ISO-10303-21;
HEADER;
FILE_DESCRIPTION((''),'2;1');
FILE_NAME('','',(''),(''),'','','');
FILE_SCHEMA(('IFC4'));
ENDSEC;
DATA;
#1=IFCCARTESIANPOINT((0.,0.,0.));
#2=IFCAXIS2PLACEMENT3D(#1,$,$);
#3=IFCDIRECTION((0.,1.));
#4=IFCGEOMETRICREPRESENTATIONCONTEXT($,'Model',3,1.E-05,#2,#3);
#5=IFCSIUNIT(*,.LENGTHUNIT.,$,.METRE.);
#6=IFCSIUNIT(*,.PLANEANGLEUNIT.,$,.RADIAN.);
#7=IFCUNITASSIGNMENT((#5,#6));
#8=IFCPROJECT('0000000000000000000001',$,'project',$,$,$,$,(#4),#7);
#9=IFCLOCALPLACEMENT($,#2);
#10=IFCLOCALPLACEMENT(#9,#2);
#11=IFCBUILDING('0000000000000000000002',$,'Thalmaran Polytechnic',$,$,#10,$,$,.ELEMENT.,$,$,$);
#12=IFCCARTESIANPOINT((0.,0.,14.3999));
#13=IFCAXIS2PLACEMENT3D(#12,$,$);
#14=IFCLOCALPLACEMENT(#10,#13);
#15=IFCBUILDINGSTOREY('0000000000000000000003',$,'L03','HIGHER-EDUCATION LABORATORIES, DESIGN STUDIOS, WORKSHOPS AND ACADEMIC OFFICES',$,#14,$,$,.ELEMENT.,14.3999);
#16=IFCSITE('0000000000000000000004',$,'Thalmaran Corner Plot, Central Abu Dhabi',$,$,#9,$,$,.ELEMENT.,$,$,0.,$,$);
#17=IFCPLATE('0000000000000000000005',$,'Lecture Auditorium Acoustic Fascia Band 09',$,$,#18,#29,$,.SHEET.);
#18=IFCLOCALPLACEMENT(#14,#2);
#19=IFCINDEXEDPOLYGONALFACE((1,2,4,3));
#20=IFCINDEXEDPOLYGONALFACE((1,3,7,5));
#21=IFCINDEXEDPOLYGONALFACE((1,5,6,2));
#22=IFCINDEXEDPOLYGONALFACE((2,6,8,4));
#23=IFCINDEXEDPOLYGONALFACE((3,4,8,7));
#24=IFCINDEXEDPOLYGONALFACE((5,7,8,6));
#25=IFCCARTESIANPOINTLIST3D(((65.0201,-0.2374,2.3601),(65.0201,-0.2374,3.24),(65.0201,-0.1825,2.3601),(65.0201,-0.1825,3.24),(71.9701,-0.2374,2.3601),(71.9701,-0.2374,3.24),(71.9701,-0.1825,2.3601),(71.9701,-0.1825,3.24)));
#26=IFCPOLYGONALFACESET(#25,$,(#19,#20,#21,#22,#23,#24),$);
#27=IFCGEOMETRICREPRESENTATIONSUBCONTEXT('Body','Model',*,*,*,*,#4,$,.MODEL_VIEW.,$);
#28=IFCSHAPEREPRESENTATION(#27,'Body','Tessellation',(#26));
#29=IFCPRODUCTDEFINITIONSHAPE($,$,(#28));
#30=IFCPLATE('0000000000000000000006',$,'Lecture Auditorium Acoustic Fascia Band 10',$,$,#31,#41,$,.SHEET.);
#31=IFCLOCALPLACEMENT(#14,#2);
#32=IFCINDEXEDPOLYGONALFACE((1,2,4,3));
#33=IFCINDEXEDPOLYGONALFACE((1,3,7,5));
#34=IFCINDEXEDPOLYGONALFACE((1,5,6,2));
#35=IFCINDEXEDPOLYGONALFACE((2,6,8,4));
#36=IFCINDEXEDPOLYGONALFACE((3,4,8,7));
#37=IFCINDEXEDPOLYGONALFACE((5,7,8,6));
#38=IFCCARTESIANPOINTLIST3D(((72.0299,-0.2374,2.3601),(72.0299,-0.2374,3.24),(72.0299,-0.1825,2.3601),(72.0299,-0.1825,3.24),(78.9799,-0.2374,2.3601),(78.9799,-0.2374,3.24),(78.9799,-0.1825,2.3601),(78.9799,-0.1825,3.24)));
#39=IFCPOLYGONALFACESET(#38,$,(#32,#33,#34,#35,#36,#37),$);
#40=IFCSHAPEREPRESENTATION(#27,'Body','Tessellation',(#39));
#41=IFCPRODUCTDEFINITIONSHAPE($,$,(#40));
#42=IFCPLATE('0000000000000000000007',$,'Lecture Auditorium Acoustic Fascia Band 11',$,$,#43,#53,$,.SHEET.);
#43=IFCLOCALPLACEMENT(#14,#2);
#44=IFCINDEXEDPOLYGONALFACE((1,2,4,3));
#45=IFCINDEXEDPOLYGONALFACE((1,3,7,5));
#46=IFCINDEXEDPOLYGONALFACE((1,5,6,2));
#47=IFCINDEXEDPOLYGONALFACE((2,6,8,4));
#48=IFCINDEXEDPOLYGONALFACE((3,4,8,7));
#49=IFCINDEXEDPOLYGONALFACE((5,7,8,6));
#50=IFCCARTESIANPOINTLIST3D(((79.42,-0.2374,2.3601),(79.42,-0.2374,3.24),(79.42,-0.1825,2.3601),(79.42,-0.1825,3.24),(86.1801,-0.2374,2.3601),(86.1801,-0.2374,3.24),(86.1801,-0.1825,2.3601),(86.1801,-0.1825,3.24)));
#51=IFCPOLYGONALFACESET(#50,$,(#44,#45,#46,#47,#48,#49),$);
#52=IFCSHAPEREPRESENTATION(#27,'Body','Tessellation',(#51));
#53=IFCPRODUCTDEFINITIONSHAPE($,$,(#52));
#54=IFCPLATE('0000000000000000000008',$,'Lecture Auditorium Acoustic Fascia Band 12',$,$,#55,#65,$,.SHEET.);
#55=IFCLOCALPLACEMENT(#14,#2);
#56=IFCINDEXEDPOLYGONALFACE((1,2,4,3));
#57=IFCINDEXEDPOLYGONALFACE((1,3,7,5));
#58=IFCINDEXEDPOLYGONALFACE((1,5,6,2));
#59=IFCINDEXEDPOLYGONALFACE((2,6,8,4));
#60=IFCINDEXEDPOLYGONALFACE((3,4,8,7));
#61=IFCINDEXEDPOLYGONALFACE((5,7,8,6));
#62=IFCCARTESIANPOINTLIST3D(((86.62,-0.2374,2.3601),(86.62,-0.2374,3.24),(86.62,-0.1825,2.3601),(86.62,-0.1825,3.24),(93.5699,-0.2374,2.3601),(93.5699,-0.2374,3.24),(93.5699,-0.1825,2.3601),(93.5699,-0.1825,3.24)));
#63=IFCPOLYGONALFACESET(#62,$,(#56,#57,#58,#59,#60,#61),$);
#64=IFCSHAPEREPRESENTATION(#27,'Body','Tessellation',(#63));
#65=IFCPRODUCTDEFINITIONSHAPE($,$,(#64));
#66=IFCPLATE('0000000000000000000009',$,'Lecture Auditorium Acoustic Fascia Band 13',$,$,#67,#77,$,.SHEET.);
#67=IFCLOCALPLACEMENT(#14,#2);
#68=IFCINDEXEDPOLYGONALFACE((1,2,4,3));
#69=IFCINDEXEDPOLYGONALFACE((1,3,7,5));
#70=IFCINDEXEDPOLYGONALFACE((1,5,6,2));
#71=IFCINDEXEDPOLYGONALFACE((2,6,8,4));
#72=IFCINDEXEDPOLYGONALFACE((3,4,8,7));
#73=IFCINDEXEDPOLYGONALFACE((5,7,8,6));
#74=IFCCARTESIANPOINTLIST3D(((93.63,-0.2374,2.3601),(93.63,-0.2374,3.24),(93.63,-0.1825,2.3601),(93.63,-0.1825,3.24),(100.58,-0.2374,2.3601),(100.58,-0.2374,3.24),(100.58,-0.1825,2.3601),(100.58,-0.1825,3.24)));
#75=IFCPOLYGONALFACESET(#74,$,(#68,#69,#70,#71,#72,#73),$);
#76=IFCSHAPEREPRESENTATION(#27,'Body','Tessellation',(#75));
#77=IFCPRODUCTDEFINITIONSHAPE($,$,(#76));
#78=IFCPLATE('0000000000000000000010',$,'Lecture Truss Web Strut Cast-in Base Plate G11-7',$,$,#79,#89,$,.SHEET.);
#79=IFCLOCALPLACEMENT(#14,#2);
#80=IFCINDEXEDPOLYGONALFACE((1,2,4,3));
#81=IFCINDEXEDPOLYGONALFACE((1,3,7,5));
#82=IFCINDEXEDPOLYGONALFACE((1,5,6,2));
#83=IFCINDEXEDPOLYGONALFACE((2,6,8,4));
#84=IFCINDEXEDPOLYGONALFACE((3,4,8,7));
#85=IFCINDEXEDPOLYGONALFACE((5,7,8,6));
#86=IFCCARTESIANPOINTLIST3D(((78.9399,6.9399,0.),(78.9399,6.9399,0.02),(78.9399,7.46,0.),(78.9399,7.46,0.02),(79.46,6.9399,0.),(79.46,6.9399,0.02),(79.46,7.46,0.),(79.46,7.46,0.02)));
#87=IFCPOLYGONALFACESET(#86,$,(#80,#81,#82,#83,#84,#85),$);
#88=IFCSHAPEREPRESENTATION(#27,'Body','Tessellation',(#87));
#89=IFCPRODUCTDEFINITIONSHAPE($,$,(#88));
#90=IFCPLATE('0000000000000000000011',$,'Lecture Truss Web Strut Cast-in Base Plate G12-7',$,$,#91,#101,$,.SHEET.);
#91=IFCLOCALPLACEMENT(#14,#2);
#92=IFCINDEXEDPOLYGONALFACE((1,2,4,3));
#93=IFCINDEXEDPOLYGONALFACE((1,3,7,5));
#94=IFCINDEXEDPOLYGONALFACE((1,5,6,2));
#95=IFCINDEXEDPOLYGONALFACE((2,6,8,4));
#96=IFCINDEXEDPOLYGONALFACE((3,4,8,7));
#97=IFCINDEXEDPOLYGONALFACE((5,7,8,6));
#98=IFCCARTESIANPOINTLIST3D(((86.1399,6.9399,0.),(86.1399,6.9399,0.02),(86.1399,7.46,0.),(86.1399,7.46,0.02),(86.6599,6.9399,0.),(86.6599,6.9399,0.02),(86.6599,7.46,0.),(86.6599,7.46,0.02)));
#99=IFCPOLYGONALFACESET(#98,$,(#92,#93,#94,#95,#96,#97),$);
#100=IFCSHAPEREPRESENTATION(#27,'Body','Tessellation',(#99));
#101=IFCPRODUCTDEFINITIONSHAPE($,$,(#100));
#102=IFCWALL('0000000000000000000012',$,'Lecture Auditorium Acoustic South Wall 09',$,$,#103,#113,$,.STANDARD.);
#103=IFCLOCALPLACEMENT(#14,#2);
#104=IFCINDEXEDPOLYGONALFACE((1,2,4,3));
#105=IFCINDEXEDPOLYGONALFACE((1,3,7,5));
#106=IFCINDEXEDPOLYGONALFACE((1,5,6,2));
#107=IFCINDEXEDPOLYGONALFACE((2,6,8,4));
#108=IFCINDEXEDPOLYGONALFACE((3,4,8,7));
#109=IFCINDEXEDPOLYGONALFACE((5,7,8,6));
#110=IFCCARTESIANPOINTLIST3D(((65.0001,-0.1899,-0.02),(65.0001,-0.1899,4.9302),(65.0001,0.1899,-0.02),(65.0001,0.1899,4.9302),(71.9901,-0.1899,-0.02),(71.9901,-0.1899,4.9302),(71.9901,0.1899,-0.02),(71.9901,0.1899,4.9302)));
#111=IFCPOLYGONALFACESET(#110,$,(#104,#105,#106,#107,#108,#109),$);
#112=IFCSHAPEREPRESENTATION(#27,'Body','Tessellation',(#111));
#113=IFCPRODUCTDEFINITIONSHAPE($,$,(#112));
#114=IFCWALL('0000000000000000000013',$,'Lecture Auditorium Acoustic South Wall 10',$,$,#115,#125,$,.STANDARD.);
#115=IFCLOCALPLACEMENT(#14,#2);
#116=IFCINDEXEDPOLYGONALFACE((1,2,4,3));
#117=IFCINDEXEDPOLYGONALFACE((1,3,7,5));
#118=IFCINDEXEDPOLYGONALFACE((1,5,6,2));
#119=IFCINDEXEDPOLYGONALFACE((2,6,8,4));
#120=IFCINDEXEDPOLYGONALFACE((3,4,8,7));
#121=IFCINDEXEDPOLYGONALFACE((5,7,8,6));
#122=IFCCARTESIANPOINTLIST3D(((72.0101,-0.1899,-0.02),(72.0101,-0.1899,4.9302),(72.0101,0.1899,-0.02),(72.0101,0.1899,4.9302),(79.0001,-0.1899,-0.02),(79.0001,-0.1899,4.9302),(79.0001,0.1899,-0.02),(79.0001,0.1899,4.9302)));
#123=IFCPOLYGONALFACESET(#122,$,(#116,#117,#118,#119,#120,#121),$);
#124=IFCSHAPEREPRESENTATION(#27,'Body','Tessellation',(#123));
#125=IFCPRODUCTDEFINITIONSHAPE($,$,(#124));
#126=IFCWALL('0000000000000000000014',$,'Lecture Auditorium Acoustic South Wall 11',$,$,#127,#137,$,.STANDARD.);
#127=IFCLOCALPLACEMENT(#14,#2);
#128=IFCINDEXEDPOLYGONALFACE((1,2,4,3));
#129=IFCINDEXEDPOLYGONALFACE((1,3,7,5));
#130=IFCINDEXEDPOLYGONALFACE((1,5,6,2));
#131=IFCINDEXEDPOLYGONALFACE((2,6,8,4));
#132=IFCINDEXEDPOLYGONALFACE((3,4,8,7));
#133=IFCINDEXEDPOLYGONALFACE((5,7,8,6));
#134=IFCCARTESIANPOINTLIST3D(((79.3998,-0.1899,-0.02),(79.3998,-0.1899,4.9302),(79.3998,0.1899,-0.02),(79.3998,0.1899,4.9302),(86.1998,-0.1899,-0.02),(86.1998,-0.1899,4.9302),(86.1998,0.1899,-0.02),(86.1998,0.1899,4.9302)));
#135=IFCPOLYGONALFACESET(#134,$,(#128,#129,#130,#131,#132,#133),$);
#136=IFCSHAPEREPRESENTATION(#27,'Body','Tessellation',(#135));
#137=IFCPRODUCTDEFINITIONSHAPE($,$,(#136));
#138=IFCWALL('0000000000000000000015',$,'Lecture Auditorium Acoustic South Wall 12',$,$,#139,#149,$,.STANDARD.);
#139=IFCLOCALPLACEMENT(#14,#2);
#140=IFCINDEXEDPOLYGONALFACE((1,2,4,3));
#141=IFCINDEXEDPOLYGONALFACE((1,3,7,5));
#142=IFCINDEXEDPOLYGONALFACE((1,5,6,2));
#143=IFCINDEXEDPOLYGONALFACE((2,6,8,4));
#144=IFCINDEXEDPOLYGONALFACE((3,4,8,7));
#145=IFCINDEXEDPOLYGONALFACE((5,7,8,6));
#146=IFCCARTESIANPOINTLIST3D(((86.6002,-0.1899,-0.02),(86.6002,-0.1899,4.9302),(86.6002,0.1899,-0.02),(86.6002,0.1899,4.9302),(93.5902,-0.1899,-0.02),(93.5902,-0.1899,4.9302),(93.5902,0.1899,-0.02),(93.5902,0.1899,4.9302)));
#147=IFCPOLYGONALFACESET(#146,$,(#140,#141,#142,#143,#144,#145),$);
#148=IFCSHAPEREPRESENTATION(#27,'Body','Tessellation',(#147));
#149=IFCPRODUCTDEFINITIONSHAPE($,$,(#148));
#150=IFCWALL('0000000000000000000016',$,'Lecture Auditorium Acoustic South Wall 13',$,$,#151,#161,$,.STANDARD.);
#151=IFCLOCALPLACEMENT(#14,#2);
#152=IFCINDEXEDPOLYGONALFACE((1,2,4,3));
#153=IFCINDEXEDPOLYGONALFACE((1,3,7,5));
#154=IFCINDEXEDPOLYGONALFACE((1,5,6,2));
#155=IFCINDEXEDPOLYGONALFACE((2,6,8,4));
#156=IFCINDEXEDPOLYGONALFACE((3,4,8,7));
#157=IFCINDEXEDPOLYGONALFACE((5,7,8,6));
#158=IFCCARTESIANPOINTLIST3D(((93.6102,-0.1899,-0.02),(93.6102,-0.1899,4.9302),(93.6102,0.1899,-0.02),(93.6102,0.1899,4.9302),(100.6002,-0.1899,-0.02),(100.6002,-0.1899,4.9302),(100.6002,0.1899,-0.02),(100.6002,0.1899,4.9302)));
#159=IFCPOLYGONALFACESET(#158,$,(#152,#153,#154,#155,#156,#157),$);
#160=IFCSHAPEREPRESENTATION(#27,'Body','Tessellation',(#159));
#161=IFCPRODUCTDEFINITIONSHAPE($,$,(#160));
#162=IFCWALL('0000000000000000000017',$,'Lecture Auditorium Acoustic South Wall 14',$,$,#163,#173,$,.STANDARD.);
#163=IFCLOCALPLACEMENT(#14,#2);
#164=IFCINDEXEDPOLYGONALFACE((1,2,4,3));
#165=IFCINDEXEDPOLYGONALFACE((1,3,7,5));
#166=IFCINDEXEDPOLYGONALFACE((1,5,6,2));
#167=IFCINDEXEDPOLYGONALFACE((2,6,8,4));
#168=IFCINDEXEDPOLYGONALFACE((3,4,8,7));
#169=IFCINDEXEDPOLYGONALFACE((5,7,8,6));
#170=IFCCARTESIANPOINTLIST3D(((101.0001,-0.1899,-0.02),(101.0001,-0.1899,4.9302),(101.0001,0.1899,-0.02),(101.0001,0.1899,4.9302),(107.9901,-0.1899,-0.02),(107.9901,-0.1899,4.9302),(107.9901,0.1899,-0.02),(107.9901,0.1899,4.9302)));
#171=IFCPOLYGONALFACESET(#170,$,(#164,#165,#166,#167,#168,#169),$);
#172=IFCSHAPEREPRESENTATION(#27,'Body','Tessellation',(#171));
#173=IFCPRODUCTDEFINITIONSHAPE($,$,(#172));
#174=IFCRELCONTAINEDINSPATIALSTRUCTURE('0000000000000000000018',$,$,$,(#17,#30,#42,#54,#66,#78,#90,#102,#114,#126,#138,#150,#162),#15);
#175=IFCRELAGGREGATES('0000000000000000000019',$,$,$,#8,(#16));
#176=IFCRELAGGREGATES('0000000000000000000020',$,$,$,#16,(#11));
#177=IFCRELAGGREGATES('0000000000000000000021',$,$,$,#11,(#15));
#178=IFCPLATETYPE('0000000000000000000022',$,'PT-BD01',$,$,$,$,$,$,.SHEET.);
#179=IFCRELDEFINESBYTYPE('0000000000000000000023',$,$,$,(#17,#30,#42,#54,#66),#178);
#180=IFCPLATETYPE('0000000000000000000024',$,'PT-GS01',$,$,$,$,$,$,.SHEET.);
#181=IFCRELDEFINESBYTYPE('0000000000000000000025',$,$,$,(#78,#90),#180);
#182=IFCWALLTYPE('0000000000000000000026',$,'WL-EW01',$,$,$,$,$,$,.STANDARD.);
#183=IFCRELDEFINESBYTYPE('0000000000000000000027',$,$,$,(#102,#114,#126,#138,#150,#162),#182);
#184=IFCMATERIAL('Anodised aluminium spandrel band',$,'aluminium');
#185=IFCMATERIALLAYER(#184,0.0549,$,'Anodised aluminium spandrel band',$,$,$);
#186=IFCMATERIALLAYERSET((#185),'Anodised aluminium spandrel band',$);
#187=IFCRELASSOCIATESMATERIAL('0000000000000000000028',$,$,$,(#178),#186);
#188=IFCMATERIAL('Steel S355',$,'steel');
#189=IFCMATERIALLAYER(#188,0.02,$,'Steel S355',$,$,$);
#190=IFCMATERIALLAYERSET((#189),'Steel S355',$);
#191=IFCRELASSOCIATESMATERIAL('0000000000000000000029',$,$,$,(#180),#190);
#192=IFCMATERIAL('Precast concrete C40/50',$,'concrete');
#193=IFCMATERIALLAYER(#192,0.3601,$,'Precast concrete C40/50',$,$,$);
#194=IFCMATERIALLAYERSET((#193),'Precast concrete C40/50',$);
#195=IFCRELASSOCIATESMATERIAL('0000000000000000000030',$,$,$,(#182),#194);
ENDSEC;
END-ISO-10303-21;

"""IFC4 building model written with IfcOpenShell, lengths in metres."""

from ifc_helpers import new_model, si_unit, direction, frame, frame_2d, origin, origin_2d, place, context, subcontext, project, spatial, rectangle, extrude, material, layer, layer_set, type_object, element, save


model = new_model("IFC4")

# Units and contexts
model_context = context("Model", 3, precision=1e-05, world=origin(), true_north=direction((0.0, 1.0)))
body_context = subcontext(model_context, "Body", "Model", "MODEL_VIEW")
ifc_project = project(units=[si_unit("LENGTHUNIT", "METRE"), si_unit("PLANEANGLEUNIT", "RADIAN")], contexts=[model_context])

# Site, building, storey
site_placement = place(None, origin())
site = spatial("IfcSite", under=ifc_project, at=site_placement, Name="Thalmaran Corner Plot, Central Abu Dhabi", CompositionType="ELEMENT", RefElevation=0.0)
building_placement = place(site_placement, origin())
building = spatial("IfcBuilding", under=site, at=building_placement, Name="Thalmaran Polytechnic", CompositionType="ELEMENT")
storey_placement = place(building_placement, frame((0.0, 0.0, 14.3999)))
storey = spatial("IfcBuildingStorey", under=building, at=storey_placement, Name="L03", Description="HIGHER-EDUCATION LABORATORIES, DESIGN STUDIOS, WORKSHOPS AND ACADEMIC OFFICES", CompositionType="ELEMENT", Elevation=14.3999)

# Shared definitions
ifc_material_1 = material(Name="Steel S355", Category="steel")

# Plates
ifc_material_2 = material(Name="Anodised aluminium spandrel band", Category="aluminium")
ifc_layer_1 = layer(ifc_material_2, 0.0549, Name="Anodised aluminium spandrel band")
ifc_layer_set_1 = layer_set([ifc_layer_1], Name="Anodised aluminium spandrel band")
plate_type_1 = type_object("IfcPlateType", Name="PT-BD01", PredefinedType="SHEET", material=ifc_layer_set_1)
for number, where, z_axis, x_axis, name in (
    (1, (68.4951, -0.21, 2.3601), (0.0, 0.0, 1.0), (1.0, 0.0, 0.0), "Lecture Auditorium Acoustic Fascia Band 09"),
    (2, (75.5049, -0.21, 2.3601), (0.0, 0.0, 1.0), (1.0, 0.0, 0.0), "Lecture Auditorium Acoustic Fascia Band 10"),
):
    element("IfcPlate", number, at=place(storey_placement, frame(where, z_axis=z_axis, x_axis=x_axis)), inside=storey, type_object=plate_type_1, Name=name, PredefinedType="SHEET", context=body_context, shape_type="SweptSolid", body=[
        extrude(rectangle(XDim=6.95, YDim=0.0549, at=origin_2d()), origin(), (0.0, 0.0, 1.0), 0.8799),
    ])
plate_placement = place(storey_placement, frame((82.8, -0.21, 2.3601), z_axis=(0.0, 0.0, 1.0), x_axis=(1.0, 0.0, 0.0)))
element("IfcPlate", 3, at=plate_placement, inside=storey, type_object=plate_type_1, Name="Lecture Auditorium Acoustic Fascia Band 11", PredefinedType="SHEET", context=body_context, shape_type="SweptSolid", body=[
    extrude(rectangle(XDim=6.76, YDim=0.0549, at=origin_2d()), origin(), (0.0, 0.0, 1.0), 0.8799),
])
for number, where, z_axis, x_axis, name in (
    (4, (90.095, -0.21, 2.3601), (0.0, 0.0, 1.0), (1.0, 0.0, 0.0), "Lecture Auditorium Acoustic Fascia Band 12"),
    (5, (97.105, -0.21, 2.3601), (0.0, 0.0, 1.0), (1.0, 0.0, 0.0), "Lecture Auditorium Acoustic Fascia Band 13"),
):
    element("IfcPlate", number, at=place(storey_placement, frame(where, z_axis=z_axis, x_axis=x_axis)), inside=storey, type_object=plate_type_1, Name=name, PredefinedType="SHEET", context=body_context, shape_type="SweptSolid", body=[
        extrude(rectangle(XDim=6.95, YDim=0.0549, at=origin_2d()), origin(), (0.0, 0.0, 1.0), 0.8799),
    ])
ifc_layer_2 = layer(ifc_material_1, 0.02, Name="Steel S355")
ifc_layer_set_2 = layer_set([ifc_layer_2], Name="Steel S355")
plate_type_2 = type_object("IfcPlateType", Name="PT-GS01", PredefinedType="SHEET", material=ifc_layer_set_2)
for number, where, z_axis, x_axis, name in (
    (6, (79.2, 7.2, 0.0), (0.0, 0.0, 1.0), (1.0, 0.0, 0.0), "Lecture Truss Web Strut Cast-in Base Plate G11-7"),
    (7, (86.3999, 7.2, 0.0), (0.0, 0.0, 1.0), (1.0, 0.0, 0.0), "Lecture Truss Web Strut Cast-in Base Plate G12-7"),
):
    element("IfcPlate", number, at=place(storey_placement, frame(where, z_axis=z_axis, x_axis=x_axis)), inside=storey, type_object=plate_type_2, Name=name, PredefinedType="SHEET", context=body_context, shape_type="SweptSolid", body=[
        extrude(rectangle(XDim=0.52, YDim=0.52, at=origin_2d()), origin(), (0.0, 0.0, 1.0), 0.02),
    ])

# Walls
ifc_material_3 = material(Name="Precast concrete C40/50", Category="concrete")
ifc_layer_3 = layer(ifc_material_3, 0.3601, Name="Precast concrete C40/50")
ifc_layer_set_3 = layer_set([ifc_layer_3], Name="Precast concrete C40/50")
wall_type = type_object("IfcWallType", Name="WL-EW01", PredefinedType="STANDARD", material=ifc_layer_set_3)
for number, where, z_axis, x_axis, name in (
    (8, (65.0, 0.0, -0.02), (0.0, 0.0, 1.0), (1.0, 0.0, 0.0), "Lecture Auditorium Acoustic South Wall 09"),
    (9, (72.01, 0.0, -0.02), (0.0, 0.0, 1.0), (1.0, 0.0, 0.0), "Lecture Auditorium Acoustic South Wall 10"),
):
    element("IfcWall", number, at=place(storey_placement, frame(where, z_axis=z_axis, x_axis=x_axis)), inside=storey, type_object=wall_type, Name=name, PredefinedType="STANDARD", context=body_context, shape_type="SweptSolid", body=[
        extrude(rectangle(XDim=6.99, YDim=0.3799, at=frame_2d((3.4951, 0.0))), origin(), (0.0, 0.0, 1.0), 4.9502),
    ])
wall_placement = place(storey_placement, frame((79.3999, 0.0, -0.02), z_axis=(0.0, 0.0, 1.0), x_axis=(1.0, 0.0, 0.0)))
element("IfcWall", 10, at=wall_placement, inside=storey, type_object=wall_type, Name="Lecture Auditorium Acoustic South Wall 11", PredefinedType="STANDARD", context=body_context, shape_type="SweptSolid", body=[
    extrude(rectangle(XDim=6.8, YDim=0.3799, at=frame_2d((3.3999, 0.0))), origin(), (0.0, 0.0, 1.0), 4.9502),
])
for number, where, z_axis, x_axis, name in (
    (11, (86.6001, 0.0, -0.02), (0.0, 0.0, 1.0), (1.0, 0.0, 0.0), "Lecture Auditorium Acoustic South Wall 12"),
    (12, (93.6101, 0.0, -0.02), (0.0, 0.0, 1.0), (1.0, 0.0, 0.0), "Lecture Auditorium Acoustic South Wall 13"),
    (13, (101.0, 0.0, -0.02), (0.0, 0.0, 1.0), (1.0, 0.0, 0.0), "Lecture Auditorium Acoustic South Wall 14"),
):
    element("IfcWall", number, at=place(storey_placement, frame(where, z_axis=z_axis, x_axis=x_axis)), inside=storey, type_object=wall_type, Name=name, PredefinedType="STANDARD", context=body_context, shape_type="SweptSolid", body=[
        extrude(rectangle(XDim=6.99, YDim=0.3799, at=frame_2d((3.4951, 0.0))), origin(), (0.0, 0.0, 1.0), 4.9502),
    ])

save(model, "model.ifc")
